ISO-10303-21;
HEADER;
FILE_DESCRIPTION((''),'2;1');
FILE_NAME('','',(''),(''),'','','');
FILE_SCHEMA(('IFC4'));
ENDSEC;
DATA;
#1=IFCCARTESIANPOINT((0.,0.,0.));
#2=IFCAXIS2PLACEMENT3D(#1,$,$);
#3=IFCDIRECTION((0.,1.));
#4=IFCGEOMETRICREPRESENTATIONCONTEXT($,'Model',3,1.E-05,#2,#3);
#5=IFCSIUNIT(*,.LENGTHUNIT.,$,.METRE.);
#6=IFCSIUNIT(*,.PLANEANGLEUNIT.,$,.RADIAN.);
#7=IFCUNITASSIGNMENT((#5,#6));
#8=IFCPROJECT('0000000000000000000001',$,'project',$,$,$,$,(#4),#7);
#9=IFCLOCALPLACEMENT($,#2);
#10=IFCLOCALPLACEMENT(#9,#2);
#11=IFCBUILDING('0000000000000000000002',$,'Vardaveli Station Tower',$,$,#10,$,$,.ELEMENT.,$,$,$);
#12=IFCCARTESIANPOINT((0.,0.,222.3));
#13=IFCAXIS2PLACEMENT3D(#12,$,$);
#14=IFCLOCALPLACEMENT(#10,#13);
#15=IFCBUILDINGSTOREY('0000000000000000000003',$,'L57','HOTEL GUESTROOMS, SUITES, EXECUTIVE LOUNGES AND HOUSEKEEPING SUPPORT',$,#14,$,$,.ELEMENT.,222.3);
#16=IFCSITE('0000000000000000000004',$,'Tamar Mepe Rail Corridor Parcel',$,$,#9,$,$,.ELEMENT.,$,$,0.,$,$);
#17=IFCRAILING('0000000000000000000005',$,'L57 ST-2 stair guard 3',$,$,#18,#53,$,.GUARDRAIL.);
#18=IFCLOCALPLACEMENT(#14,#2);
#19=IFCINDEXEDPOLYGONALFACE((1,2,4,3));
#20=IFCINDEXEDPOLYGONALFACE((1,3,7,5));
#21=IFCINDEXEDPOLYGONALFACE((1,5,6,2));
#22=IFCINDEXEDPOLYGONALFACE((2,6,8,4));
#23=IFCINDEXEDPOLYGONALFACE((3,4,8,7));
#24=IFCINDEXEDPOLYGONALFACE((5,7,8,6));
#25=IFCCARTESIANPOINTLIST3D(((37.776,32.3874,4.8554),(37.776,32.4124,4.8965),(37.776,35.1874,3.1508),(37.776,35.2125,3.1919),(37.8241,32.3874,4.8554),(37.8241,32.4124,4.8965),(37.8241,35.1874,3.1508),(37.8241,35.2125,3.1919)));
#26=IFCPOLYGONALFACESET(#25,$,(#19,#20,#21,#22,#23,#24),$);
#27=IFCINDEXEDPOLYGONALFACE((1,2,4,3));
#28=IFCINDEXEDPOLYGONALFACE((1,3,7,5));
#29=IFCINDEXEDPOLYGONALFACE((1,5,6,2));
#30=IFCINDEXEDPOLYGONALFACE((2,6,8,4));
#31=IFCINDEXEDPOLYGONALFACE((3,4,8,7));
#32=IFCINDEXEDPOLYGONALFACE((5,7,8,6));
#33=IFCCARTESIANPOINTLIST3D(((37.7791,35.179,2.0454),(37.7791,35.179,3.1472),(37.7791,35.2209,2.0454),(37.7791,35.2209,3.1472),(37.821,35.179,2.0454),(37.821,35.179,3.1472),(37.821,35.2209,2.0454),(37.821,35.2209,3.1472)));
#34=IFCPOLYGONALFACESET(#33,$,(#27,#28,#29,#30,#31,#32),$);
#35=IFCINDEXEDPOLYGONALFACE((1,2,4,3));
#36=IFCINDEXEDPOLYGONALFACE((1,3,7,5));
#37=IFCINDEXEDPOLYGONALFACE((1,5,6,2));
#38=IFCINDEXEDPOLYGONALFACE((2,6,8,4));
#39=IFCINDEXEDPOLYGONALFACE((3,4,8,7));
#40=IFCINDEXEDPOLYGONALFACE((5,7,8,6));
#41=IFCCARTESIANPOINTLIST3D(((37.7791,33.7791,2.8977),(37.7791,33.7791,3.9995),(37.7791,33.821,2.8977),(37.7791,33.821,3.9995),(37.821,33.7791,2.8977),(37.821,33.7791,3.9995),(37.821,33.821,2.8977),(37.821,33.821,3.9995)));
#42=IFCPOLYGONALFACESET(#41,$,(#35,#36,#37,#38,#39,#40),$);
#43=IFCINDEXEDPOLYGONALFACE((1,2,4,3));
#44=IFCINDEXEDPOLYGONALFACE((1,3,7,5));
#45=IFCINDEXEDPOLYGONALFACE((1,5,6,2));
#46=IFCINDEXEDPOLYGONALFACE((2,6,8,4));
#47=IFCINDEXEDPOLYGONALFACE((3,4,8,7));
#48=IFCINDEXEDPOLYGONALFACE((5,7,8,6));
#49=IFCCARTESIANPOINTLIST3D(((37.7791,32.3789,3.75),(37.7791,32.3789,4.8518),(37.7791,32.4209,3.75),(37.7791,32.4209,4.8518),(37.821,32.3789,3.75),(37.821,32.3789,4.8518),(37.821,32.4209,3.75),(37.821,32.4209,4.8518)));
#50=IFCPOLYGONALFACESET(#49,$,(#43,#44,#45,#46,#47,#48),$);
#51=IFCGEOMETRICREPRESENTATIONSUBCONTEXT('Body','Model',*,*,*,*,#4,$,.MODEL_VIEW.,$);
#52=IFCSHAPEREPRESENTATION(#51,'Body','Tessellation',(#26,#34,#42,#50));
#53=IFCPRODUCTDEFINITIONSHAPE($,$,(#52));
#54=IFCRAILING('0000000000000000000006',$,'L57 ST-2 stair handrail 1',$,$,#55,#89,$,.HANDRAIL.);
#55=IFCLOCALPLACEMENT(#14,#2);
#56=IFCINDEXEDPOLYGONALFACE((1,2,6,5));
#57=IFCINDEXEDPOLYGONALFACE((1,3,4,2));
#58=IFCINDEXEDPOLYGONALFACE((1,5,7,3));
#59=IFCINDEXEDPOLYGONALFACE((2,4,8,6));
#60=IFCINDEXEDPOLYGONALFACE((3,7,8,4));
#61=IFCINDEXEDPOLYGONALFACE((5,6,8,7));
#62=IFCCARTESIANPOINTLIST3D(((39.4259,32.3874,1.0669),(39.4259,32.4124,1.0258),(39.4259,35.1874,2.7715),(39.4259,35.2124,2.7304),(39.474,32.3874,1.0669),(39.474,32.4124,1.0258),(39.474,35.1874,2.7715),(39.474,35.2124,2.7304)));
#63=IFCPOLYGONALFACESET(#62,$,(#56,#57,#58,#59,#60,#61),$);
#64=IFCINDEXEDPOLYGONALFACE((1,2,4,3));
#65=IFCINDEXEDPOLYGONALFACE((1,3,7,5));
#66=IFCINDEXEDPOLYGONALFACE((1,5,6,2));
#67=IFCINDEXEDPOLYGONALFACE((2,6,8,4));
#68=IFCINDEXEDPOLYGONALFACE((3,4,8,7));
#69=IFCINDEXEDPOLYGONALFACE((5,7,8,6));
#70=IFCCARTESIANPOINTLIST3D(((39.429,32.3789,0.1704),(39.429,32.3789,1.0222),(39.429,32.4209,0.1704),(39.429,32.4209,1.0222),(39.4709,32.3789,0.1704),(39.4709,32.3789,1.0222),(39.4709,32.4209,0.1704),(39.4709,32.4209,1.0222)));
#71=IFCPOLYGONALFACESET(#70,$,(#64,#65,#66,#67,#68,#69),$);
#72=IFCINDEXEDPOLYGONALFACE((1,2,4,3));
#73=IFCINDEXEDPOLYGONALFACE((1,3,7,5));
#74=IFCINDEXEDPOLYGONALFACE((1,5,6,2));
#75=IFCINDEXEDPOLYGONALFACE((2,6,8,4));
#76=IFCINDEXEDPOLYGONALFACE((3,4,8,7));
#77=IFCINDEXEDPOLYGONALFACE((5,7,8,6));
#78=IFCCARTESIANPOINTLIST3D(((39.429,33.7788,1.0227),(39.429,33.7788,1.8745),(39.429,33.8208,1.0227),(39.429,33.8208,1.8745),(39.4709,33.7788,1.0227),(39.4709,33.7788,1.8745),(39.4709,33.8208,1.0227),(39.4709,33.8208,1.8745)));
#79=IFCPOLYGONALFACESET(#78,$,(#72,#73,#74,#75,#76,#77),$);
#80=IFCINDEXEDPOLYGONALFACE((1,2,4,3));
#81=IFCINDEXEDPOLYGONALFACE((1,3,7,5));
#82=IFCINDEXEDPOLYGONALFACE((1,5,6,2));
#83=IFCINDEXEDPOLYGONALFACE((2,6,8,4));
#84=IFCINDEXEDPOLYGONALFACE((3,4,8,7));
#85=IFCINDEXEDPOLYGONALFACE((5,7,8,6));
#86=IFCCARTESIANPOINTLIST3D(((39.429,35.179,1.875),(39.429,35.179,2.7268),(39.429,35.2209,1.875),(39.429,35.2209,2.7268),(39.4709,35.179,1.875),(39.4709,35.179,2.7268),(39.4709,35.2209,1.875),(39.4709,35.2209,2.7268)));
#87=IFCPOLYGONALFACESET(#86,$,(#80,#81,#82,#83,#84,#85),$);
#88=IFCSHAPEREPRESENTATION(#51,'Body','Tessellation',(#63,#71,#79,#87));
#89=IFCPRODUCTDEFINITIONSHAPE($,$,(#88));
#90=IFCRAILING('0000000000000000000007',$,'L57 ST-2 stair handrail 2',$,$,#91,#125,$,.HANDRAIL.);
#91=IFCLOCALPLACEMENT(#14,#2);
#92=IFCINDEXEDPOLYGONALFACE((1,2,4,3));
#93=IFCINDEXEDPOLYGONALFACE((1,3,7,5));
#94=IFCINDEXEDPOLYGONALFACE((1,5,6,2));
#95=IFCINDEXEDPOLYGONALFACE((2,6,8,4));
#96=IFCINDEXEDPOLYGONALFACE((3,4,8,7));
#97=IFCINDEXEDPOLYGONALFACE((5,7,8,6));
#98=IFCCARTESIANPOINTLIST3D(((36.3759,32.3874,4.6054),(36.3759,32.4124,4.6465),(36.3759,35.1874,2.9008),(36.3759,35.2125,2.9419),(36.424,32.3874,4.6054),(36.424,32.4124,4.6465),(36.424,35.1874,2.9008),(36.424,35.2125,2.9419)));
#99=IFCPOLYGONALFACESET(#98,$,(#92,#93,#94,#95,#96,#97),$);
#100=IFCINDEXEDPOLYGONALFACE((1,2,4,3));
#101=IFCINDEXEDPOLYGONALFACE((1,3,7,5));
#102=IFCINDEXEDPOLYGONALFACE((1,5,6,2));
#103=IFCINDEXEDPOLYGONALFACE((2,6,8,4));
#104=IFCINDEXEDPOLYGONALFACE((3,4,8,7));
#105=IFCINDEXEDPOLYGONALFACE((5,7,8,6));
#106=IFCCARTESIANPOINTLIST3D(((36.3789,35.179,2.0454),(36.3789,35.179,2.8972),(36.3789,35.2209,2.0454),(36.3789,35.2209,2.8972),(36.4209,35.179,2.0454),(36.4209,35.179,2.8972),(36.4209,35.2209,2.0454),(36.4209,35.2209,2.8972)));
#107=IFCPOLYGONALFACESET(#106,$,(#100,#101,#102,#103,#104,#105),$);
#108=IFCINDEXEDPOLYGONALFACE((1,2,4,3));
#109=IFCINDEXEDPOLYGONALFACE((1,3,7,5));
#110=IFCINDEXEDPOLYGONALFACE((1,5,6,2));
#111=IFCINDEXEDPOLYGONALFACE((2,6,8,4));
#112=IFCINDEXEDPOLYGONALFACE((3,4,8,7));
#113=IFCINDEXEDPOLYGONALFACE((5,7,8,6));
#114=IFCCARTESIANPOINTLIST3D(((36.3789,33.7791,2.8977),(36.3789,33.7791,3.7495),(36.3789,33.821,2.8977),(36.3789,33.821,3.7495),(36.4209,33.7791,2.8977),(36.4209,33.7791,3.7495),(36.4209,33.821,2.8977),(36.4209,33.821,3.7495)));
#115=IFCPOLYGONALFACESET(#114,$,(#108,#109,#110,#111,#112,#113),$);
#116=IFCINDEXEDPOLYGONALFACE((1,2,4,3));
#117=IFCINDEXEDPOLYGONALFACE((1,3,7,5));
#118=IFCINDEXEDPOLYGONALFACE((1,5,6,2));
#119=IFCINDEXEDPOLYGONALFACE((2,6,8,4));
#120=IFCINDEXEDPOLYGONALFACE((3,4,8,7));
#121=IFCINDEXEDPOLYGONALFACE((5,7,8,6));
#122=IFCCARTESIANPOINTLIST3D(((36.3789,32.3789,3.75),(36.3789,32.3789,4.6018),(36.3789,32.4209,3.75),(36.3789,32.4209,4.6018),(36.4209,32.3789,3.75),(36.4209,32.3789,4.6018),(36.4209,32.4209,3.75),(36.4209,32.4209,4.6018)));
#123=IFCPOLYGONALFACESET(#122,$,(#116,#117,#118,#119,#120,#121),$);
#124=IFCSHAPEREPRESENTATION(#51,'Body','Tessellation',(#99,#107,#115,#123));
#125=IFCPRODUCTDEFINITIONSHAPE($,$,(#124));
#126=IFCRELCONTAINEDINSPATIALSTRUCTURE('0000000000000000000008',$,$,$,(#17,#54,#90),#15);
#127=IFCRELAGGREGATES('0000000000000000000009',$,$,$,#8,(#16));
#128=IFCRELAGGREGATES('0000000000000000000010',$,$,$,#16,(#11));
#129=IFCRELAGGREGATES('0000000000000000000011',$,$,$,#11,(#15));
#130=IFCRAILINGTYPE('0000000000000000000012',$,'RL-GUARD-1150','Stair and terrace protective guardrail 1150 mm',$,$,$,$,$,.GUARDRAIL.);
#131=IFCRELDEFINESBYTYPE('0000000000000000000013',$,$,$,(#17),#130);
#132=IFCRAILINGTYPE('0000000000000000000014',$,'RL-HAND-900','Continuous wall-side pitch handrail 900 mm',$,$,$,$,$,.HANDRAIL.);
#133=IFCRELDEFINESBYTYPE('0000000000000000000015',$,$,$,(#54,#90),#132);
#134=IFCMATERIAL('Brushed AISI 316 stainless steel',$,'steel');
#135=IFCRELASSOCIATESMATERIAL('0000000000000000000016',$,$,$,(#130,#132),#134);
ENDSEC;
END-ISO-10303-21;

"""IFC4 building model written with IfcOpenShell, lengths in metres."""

from ifc_helpers import new_model, si_unit, direction, frame, origin, origin_2d, place, context, subcontext, project, spatial, rectangle, extrude, source, transform, mapped, material, type_object, element, save


model = new_model("IFC4")

# Units and contexts
model_context = context("Model", 3, precision=1e-05, world=origin(), true_north=direction((0.0, 1.0)))
body_context = subcontext(model_context, "Body", "Model", "MODEL_VIEW")
ifc_project = project(units=[si_unit("LENGTHUNIT", "METRE"), si_unit("PLANEANGLEUNIT", "RADIAN")], contexts=[model_context])

# Site, building, storey
site_placement = place(None, origin())
site = spatial("IfcSite", under=ifc_project, at=site_placement, Name="Tamar Mepe Rail Corridor Parcel", CompositionType="ELEMENT", RefElevation=0.0)
building_placement = place(site_placement, origin())
building = spatial("IfcBuilding", under=site, at=building_placement, Name="Vardaveli Station Tower", CompositionType="ELEMENT")
storey_placement = place(building_placement, frame((0.0, 0.0, 222.3)))
storey = spatial("IfcBuildingStorey", under=building, at=storey_placement, Name="L57", Description="HOTEL GUESTROOMS, SUITES, EXECUTIVE LOUNGES AND HOUSEKEEPING SUPPORT", CompositionType="ELEMENT", Elevation=222.3)

# Railings
ifc_material_1 = material(Name="Brushed AISI 316 stainless steel", Category="steel")
railing_type_1 = type_object("IfcRailingType", Name="RL-GUARD-1150", Description="Stair and terrace protective guardrail 1150 mm", PredefinedType="GUARDRAIL", material=ifc_material_1)
shared_shape_1 = source(origin(), body_context, "Body", "SweptSolid", [
    extrude(rectangle(XDim=0.0481, YDim=0.0481, at=origin_2d()), frame((0.0, 0.0, 1.126), z_axis=(0.0, -0.85417, 0.519994), x_axis=(1.0, 0.0, 0.0)), (0.0, 0.0, 1.0), 3.2781),
    extrude(rectangle(XDim=0.042, YDim=0.042, at=origin_2d()), origin(), (0.0, 0.0, 1.0), 1.1018),
    extrude(rectangle(XDim=0.042, YDim=0.042, at=origin_2d()), frame((0.0, -1.3999, 0.8523)), (0.0, 0.0, 1.0), 1.1018),
    extrude(rectangle(XDim=0.042, YDim=0.042, at=origin_2d()), frame((0.0, -2.8, 1.7046)), (0.0, 0.0, 1.0), 1.1018),
])
railing_1_placement = place(storey_placement, frame((37.8, 35.2, 2.0454)))
element("IfcRailing", 1, at=railing_1_placement, inside=storey, type_object=railing_type_1, Name="L57 ST-2 stair guard 3", PredefinedType="GUARDRAIL", context=body_context, shape_type="MappedRepresentation", body=[
    mapped(shared_shape_1, transform((0.0, 0.0, 0.0), scale=1.0)),
])
railing_type_2 = type_object("IfcRailingType", Name="RL-HAND-900", Description="Continuous wall-side pitch handrail 900 mm", PredefinedType="HANDRAIL", material=ifc_material_1)
shared_shape_2 = source(origin(), body_context, "Body", "SweptSolid", [
    extrude(rectangle(XDim=0.0481, YDim=0.0481, at=origin_2d()), frame((0.0, 0.0, 0.876), z_axis=(0.0, 0.85417, 0.519994), x_axis=(-1.0, 0.0, 0.0)), (0.0, 0.0, 1.0), 3.2781),
    extrude(rectangle(XDim=0.042, YDim=0.042, at=origin_2d()), origin(), (0.0, 0.0, 1.0), 0.8518),
    extrude(rectangle(XDim=0.042, YDim=0.042, at=origin_2d()), frame((0.0, 1.3999, 0.8523)), (0.0, 0.0, 1.0), 0.8518),
    extrude(rectangle(XDim=0.042, YDim=0.042, at=origin_2d()), frame((0.0, 2.8, 1.7046)), (0.0, 0.0, 1.0), 0.8518),
])
railing_2_placement = place(storey_placement, frame((39.45, 32.3999, 0.1704)))
element("IfcRailing", 2, at=railing_2_placement, inside=storey, type_object=railing_type_2, Name="L57 ST-2 stair handrail 1", PredefinedType="HANDRAIL", context=body_context, shape_type="MappedRepresentation", body=[
    mapped(shared_shape_2, transform((0.0, 0.0, 0.0), scale=1.0)),
])
shared_shape_3 = source(origin(), body_context, "Body", "SweptSolid", [
    extrude(rectangle(XDim=0.0481, YDim=0.0481, at=origin_2d()), frame((0.0, 0.0, 0.876), z_axis=(0.0, -0.85417, 0.519994), x_axis=(1.0, 0.0, 0.0)), (0.0, 0.0, 1.0), 3.2781),
    extrude(rectangle(XDim=0.042, YDim=0.042, at=origin_2d()), origin(), (0.0, 0.0, 1.0), 0.8518),
    extrude(rectangle(XDim=0.042, YDim=0.042, at=origin_2d()), frame((0.0, -1.3999, 0.8523)), (0.0, 0.0, 1.0), 0.8518),
    extrude(rectangle(XDim=0.042, YDim=0.042, at=origin_2d()), frame((0.0, -2.8, 1.7046)), (0.0, 0.0, 1.0), 0.8518),
])
railing_3_placement = place(storey_placement, frame((36.3999, 35.2, 2.0454)))
element("IfcRailing", 3, at=railing_3_placement, inside=storey, type_object=railing_type_2, Name="L57 ST-2 stair handrail 2", PredefinedType="HANDRAIL", context=body_context, shape_type="MappedRepresentation", body=[
    mapped(shared_shape_3, transform((0.0, 0.0, 0.0), scale=1.0)),
])

save(model, "model.ifc")
